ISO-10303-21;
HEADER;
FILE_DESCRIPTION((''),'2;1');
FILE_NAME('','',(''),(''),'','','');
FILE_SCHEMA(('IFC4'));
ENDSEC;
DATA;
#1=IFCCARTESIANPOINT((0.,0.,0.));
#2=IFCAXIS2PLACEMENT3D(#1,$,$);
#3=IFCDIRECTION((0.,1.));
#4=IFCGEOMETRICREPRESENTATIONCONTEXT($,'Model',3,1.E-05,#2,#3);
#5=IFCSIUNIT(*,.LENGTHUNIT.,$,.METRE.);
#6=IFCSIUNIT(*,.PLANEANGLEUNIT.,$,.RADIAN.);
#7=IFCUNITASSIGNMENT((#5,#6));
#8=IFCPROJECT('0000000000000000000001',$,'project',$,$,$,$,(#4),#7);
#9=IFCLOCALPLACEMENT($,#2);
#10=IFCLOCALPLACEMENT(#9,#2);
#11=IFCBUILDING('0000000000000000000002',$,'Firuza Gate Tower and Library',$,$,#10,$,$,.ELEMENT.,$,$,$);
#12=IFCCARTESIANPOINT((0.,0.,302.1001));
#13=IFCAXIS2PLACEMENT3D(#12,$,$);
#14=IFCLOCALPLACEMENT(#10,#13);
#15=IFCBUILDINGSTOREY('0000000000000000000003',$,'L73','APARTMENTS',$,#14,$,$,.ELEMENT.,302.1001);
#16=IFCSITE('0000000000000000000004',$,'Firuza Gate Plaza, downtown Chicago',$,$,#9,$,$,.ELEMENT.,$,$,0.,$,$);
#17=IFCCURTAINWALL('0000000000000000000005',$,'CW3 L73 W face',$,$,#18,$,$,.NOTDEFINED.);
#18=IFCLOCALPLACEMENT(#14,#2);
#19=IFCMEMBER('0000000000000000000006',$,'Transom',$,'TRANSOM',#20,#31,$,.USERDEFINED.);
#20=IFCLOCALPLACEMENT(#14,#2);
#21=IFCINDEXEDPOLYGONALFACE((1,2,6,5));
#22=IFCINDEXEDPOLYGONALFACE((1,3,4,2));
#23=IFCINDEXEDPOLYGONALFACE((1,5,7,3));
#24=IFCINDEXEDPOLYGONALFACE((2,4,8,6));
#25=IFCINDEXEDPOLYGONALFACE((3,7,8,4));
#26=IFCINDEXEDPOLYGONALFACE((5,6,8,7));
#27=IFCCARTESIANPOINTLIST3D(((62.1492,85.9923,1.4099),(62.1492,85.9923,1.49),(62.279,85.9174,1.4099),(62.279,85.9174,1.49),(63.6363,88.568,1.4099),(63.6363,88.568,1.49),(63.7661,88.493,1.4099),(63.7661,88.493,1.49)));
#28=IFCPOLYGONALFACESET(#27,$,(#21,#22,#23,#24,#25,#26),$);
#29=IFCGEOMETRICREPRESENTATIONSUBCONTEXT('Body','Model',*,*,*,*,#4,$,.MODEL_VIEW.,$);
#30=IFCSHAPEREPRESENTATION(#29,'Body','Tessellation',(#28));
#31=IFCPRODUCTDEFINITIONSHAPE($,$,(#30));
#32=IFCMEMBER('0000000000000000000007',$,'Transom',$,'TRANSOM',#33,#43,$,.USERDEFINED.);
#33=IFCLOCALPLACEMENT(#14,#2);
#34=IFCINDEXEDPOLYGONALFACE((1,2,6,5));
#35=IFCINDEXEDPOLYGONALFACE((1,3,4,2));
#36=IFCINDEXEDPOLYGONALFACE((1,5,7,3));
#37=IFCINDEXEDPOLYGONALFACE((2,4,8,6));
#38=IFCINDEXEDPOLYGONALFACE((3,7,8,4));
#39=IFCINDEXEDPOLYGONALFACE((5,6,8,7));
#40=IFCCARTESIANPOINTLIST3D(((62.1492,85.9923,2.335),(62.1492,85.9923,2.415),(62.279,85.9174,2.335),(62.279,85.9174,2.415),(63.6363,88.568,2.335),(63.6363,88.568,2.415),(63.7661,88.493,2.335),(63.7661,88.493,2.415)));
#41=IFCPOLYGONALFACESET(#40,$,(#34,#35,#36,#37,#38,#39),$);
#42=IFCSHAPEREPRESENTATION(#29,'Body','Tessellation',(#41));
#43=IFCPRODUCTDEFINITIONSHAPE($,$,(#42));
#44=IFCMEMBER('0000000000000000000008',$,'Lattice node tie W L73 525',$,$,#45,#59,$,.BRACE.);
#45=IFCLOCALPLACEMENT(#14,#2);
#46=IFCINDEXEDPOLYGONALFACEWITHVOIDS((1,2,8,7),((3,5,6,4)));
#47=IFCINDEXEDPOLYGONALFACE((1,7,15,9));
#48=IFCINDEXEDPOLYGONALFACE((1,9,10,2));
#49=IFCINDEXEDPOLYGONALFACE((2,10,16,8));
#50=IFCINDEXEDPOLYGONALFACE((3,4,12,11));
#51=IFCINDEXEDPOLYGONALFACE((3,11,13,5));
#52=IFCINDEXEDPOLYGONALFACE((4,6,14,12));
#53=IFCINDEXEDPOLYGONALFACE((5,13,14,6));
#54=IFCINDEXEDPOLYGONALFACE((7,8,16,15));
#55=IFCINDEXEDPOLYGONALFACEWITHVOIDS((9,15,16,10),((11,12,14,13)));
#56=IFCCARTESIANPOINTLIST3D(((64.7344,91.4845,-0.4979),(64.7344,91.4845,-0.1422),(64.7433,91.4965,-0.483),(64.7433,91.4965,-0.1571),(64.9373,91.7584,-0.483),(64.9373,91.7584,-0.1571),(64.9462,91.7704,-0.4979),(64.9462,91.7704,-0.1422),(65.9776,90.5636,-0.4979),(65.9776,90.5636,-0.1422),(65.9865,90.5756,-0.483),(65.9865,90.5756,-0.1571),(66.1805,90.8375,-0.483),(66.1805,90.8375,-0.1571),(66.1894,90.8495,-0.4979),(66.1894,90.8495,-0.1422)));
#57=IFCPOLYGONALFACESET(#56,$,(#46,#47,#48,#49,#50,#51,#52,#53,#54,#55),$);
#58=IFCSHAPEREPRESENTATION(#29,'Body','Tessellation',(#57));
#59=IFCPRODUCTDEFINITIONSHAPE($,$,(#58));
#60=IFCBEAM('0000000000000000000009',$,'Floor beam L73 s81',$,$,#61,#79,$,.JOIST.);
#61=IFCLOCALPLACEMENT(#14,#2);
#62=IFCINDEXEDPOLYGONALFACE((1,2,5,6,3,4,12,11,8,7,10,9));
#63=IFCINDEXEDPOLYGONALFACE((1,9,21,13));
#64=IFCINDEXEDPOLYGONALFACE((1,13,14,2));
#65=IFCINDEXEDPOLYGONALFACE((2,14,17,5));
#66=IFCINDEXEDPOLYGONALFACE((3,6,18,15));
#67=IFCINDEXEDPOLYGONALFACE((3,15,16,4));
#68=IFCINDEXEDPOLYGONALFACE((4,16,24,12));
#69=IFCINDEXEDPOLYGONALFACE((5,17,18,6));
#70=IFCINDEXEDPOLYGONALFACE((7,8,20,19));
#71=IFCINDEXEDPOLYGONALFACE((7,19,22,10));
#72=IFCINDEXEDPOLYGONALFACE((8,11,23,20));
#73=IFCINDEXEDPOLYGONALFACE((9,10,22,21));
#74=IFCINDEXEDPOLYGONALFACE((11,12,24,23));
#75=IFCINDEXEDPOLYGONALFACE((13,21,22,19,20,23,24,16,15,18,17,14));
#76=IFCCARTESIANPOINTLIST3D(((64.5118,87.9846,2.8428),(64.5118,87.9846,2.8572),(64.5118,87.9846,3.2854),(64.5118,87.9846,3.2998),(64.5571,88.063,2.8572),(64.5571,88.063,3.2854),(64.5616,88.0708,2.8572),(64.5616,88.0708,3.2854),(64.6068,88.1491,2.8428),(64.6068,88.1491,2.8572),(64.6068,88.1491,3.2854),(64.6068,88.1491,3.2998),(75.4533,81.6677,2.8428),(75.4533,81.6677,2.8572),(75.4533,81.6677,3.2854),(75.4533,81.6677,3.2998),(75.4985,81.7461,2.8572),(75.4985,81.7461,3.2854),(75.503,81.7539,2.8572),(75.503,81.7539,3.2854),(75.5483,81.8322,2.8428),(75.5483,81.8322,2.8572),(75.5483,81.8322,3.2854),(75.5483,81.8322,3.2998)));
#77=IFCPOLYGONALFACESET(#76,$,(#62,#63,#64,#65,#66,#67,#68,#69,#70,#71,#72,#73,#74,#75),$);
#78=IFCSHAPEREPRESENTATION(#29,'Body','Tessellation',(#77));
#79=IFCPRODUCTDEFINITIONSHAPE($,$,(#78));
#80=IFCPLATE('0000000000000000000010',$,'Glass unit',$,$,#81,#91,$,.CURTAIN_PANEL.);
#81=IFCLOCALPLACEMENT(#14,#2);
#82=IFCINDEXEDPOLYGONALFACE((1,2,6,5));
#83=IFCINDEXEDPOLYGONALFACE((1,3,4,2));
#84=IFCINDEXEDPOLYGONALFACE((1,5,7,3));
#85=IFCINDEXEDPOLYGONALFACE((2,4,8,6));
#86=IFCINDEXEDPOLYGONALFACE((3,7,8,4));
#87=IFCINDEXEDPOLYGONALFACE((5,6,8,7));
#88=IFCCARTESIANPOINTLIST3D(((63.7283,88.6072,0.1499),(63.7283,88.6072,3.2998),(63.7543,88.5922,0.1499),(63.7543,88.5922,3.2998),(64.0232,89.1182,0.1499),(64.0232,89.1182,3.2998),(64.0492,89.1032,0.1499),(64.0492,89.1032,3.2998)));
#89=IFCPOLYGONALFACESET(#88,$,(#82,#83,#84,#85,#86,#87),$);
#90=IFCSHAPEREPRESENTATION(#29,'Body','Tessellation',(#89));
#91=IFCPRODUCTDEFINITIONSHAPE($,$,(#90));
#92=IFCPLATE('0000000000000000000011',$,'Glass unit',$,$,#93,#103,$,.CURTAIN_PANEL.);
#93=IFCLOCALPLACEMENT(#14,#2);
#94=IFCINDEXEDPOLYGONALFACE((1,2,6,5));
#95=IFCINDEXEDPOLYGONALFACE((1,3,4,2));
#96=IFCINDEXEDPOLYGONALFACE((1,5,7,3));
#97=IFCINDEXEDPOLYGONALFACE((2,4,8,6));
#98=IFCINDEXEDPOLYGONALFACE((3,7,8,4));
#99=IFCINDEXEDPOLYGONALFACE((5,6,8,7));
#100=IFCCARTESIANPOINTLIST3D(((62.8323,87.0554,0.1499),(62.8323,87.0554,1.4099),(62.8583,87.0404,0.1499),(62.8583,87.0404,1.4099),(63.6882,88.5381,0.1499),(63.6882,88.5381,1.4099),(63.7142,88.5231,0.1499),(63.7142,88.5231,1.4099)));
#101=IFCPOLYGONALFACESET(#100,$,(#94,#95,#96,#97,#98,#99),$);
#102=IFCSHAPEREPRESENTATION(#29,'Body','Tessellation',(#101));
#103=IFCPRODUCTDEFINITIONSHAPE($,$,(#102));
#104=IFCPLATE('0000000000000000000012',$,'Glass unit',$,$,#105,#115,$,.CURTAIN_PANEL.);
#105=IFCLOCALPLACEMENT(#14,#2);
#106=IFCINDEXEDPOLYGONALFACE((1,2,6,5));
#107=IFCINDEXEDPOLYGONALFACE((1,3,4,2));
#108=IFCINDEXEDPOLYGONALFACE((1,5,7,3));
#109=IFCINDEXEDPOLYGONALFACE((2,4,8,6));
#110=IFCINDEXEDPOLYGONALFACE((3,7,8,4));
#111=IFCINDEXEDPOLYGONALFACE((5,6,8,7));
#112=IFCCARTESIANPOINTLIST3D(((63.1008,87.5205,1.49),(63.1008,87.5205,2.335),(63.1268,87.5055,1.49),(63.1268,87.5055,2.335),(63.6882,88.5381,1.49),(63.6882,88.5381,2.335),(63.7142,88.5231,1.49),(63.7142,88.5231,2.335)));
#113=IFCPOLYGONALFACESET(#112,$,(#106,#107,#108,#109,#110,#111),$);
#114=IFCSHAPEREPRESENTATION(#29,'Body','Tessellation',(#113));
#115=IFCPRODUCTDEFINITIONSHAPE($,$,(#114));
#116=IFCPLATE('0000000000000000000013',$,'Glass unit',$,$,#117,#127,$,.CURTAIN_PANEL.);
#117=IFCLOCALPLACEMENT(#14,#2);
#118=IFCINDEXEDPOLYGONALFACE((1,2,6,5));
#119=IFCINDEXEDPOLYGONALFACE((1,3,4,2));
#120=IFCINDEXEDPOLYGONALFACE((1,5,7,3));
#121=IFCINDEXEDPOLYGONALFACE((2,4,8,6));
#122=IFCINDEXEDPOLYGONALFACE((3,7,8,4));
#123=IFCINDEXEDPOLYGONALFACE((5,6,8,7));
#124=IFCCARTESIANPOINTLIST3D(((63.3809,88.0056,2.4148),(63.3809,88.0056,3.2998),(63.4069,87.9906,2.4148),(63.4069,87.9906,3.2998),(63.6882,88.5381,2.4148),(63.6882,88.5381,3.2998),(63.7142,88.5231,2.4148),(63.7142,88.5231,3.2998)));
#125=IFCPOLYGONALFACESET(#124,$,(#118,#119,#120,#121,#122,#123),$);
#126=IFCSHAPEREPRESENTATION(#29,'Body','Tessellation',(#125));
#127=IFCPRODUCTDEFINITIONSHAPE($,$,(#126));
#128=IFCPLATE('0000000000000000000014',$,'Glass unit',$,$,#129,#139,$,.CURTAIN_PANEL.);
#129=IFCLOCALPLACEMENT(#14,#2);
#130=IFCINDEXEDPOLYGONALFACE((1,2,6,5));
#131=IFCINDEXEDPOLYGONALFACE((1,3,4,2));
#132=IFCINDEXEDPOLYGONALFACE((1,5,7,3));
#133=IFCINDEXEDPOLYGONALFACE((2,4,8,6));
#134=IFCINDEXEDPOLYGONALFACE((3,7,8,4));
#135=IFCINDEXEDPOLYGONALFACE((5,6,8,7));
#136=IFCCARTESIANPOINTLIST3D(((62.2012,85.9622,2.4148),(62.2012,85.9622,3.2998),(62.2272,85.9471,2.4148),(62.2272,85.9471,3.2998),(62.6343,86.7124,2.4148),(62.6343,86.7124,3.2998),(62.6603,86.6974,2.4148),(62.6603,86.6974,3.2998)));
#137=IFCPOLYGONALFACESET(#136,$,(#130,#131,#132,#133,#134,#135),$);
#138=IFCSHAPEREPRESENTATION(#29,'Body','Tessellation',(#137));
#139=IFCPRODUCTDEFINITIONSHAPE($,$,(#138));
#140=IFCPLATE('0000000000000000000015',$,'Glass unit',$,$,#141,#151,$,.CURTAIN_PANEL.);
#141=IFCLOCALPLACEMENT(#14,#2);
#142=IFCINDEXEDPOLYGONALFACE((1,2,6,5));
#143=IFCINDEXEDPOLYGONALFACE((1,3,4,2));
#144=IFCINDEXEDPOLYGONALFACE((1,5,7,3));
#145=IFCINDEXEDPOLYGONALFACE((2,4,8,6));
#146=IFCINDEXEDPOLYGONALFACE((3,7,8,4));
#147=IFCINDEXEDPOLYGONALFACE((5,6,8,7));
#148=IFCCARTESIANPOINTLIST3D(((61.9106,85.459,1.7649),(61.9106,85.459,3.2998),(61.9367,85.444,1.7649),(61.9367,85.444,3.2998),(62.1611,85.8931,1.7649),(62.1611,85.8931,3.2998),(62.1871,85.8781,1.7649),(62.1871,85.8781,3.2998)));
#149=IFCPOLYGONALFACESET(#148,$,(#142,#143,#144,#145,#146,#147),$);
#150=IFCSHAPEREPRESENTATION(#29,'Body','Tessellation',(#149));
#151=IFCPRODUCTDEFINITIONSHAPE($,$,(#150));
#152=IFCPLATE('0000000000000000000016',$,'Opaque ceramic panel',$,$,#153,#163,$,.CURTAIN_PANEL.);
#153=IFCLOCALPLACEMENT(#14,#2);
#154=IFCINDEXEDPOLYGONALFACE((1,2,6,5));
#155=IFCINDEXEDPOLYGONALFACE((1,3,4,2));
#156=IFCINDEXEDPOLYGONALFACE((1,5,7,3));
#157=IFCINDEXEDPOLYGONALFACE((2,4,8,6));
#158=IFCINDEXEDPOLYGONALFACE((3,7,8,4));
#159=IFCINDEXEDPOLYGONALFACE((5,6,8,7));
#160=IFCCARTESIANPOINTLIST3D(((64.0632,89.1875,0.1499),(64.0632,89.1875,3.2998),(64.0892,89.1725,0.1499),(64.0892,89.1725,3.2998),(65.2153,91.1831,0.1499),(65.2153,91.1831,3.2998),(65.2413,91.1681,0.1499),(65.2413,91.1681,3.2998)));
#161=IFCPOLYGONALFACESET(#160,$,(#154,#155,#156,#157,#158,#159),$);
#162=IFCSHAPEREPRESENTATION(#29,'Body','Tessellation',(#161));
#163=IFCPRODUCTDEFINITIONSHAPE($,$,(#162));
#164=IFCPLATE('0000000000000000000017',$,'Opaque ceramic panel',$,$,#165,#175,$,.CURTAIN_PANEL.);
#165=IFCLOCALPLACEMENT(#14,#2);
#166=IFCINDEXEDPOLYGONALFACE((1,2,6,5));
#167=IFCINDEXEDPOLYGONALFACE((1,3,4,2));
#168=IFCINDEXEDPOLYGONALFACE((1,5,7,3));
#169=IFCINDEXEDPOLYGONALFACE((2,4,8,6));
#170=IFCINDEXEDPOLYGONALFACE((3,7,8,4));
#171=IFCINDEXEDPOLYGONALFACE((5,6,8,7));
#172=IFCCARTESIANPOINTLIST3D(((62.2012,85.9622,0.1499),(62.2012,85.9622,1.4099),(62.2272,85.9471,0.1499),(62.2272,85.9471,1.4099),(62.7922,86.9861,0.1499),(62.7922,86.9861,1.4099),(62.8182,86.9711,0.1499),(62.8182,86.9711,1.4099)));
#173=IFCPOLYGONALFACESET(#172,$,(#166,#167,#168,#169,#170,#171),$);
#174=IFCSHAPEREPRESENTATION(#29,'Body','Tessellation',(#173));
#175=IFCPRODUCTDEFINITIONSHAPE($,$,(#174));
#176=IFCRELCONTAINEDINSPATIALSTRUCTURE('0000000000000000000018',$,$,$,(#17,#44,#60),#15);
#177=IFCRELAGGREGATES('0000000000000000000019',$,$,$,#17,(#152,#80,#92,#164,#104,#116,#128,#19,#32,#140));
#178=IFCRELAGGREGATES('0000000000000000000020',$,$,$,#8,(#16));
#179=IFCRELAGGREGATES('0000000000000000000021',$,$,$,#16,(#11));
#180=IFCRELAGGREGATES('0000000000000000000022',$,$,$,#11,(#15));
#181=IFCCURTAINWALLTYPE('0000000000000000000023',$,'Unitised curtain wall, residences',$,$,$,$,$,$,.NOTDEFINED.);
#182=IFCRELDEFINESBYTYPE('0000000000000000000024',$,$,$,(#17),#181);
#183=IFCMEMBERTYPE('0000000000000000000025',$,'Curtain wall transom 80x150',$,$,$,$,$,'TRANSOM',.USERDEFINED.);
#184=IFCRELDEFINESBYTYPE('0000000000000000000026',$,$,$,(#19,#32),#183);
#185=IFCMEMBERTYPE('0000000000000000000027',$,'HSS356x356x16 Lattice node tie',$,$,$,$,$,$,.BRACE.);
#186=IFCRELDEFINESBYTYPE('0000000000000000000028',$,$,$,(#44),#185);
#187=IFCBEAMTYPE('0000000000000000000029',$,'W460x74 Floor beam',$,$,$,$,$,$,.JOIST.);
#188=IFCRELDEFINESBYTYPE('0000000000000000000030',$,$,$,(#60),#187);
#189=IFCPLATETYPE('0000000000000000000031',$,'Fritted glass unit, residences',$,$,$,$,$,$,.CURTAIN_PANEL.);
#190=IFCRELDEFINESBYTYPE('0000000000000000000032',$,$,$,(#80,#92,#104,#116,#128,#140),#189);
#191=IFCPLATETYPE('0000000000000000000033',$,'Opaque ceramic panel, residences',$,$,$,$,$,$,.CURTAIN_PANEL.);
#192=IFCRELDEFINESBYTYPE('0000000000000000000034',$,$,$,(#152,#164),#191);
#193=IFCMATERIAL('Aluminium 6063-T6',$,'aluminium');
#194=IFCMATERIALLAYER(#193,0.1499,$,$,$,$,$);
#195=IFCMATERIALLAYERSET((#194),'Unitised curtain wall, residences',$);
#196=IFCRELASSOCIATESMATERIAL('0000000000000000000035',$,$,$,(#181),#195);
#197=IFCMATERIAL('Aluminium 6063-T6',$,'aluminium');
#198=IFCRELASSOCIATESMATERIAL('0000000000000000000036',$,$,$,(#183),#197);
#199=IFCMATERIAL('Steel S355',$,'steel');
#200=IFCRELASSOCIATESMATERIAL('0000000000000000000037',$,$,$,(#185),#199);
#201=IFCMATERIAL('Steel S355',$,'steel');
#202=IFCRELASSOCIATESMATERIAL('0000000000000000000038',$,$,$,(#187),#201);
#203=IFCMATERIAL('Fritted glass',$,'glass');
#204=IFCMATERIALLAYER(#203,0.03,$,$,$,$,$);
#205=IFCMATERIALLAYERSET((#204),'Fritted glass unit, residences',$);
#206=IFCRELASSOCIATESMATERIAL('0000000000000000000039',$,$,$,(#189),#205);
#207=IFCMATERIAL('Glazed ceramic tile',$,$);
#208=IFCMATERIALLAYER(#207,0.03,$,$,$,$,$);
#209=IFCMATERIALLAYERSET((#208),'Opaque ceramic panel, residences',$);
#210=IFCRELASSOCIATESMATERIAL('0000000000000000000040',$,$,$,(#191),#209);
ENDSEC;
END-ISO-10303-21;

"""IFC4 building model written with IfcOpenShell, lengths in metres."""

from ifc_helpers import new_model, si_unit, direction, frame, origin, origin_2d, place, context, subcontext, project, spatial, polyline, rectangle, hollow_rectangle, i_section, outline, extrude, material, layer, layer_set, material_profile, profile_set, type_object, element, aggregate, save


model = new_model("IFC4")

# Units and contexts
model_context = context("Model", 3, precision=1e-05, world=origin(), true_north=direction((0.0, 1.0)))
body_context = subcontext(model_context, "Body", "Model", "MODEL_VIEW")
ifc_project = project(units=[si_unit("LENGTHUNIT", "METRE"), si_unit("PLANEANGLEUNIT", "RADIAN")], contexts=[model_context])

# Site, building, storey
site_placement = place(None, origin())
site = spatial("IfcSite", under=ifc_project, at=site_placement, Name="Firuza Gate Plaza, downtown Chicago", CompositionType="ELEMENT", RefElevation=0.0)
building_placement = place(site_placement, origin())
building = spatial("IfcBuilding", under=site, at=building_placement, Name="Firuza Gate Tower and Library", CompositionType="ELEMENT")
storey_placement = place(building_placement, frame((0.0, 0.0, 302.1001)))
storey = spatial("IfcBuildingStorey", under=building, at=storey_placement, Name="L73", Description="APARTMENTS", CompositionType="ELEMENT", Elevation=302.1001)

# Curtain wall, members
ifc_material_1 = material(Name="Aluminium 6063-T6", Category="aluminium")
ifc_layer_1 = layer(ifc_material_1, 0.1499)
ifc_layer_set_1 = layer_set([ifc_layer_1], Name="Unitised curtain wall, residences")
curtain_wall_type = type_object("IfcCurtainWallType", Name="Unitised curtain wall, residences", PredefinedType="NOTDEFINED", material=ifc_layer_set_1)
curtain_wall_placement = place(storey_placement, origin())
curtain_wall = element("IfcCurtainWall", 1, at=curtain_wall_placement, inside=storey, type_object=curtain_wall_type, Name="CW3 L73 W face", PredefinedType="NOTDEFINED")
ifc_material_2 = material(Name="Aluminium 6063-T6", Category="aluminium")
ifc_material_profile_1 = material_profile(ifc_material_2, rectangle(XDim=0.1499, YDim=0.0801, at=origin_2d()))
ifc_profile_set_1 = profile_set([ifc_material_profile_1], Name="Aluminium 6063-T6")
member_type_1 = type_object("IfcMemberType", Name="Curtain wall transom 80x150", ElementType="TRANSOM", PredefinedType="USERDEFINED", material=ifc_profile_set_1)
member_1_placement = place(storey_placement, frame((63.7012, 88.5305, 1.45), z_axis=(-0.499997, -0.866027, 0.0), x_axis=(0.866027, -0.499997, 0.0)))
member_1 = element("IfcMember", 2, at=member_1_placement, type_object=member_type_1, Name="Transom", ObjectType="TRANSOM", PredefinedType="USERDEFINED", context=body_context, shape_type="SweptSolid", body=[
    extrude(rectangle(XDim=0.1499, YDim=0.0801, at=origin_2d()), origin(), (0.0, 0.0, 1.0), 2.9741),
])
member_2_placement = place(storey_placement, frame((63.7012, 88.5305, 2.375), z_axis=(-0.499997, -0.866027, 0.0), x_axis=(0.866027, -0.499997, 0.0)))
member_2 = element("IfcMember", 3, at=member_2_placement, type_object=member_type_1, Name="Transom", ObjectType="TRANSOM", PredefinedType="USERDEFINED", context=body_context, shape_type="SweptSolid", body=[
    extrude(rectangle(XDim=0.1499, YDim=0.0801, at=origin_2d()), origin(), (0.0, 0.0, 1.0), 2.9741),
])

# Member
ifc_material_3 = material(Name="Steel S355", Category="steel")
ifc_material_profile_2 = material_profile(ifc_material_3, hollow_rectangle(XDim=0.3557, YDim=0.3557, WallThickness=0.0149, at=origin_2d()))
ifc_profile_set_2 = profile_set([ifc_material_profile_2], Name="Steel S355")
member_type_2 = type_object("IfcMemberType", Name="HSS356x356x16 Lattice node tie", PredefinedType="BRACE", material=ifc_profile_set_2)
member_3_placement = place(storey_placement, frame((66.0835, 90.7065, -0.3201), z_axis=(-0.803546, 0.595243, 0.0), x_axis=(-0.595243, -0.803546, 0.0)))
element("IfcMember", 4, at=member_3_placement, inside=storey, type_object=member_type_2, Name="Lattice node tie W L73 525", PredefinedType="BRACE", context=body_context, shape_type="SweptSolid", body=[
    extrude(hollow_rectangle(XDim=0.3557, YDim=0.3557, WallThickness=0.0149, at=origin_2d()), origin(), (0.0, 0.0, 1.0), 1.5471),
])

# Beam
ifc_material_4 = material(Name="Steel S355", Category="steel")
ifc_material_profile_3 = material_profile(ifc_material_4, i_section(OverallWidth=0.1899, OverallDepth=0.457, WebThickness=0.009, FlangeThickness=0.0144, at=origin_2d()))
ifc_profile_set_3 = profile_set([ifc_material_profile_3], Name="Steel S355")
beam_type = type_object("IfcBeamType", Name="W460x74 Floor beam", PredefinedType="JOIST", material=ifc_profile_set_3)
beam_placement = place(storey_placement, frame((64.5593, 88.0669, 3.0713), z_axis=(0.86603, -0.499992, 0.0), x_axis=(0.499992, 0.86603, 0.0)))
element("IfcBeam", 5, at=beam_placement, inside=storey, type_object=beam_type, Name="Floor beam L73 s81", PredefinedType="JOIST", context=body_context, shape_type="SweptSolid", body=[
    extrude(i_section(OverallWidth=0.1899, OverallDepth=0.457, WebThickness=0.009, FlangeThickness=0.0144, at=origin_2d()), origin(), (0.0, 0.0, 1.0), 12.634),
])

# Plates
ifc_material_5 = material(Name="Fritted glass", Category="glass")
ifc_layer_2 = layer(ifc_material_5, 0.03)
ifc_layer_set_2 = layer_set([ifc_layer_2], Name="Fritted glass unit, residences")
plate_type_1 = type_object("IfcPlateType", Name="Fritted glass unit, residences", PredefinedType="CURTAIN_PANEL", material=ifc_layer_set_2)
plate_1_placement = place(storey_placement, frame((64.0232, 89.1182, 0.1499), z_axis=(-0.866096, 0.499878, 0.0), x_axis=(-0.499878, -0.866096, 0.0)))
plate_1 = element("IfcPlate", 6, at=plate_1_placement, type_object=plate_type_1, Name="Glass unit", PredefinedType="CURTAIN_PANEL", context=body_context, shape_type="SweptSolid", body=[
    extrude(outline(polyline([(0.0, 0.0), (0.59, 0.0), (0.59, 3.1499), (0.0, 3.1499), (0.0, 0.0)])), origin(), (0.0, 0.0, -1.0), 0.03),
])
plate_2_placement = place(storey_placement, frame((63.6882, 88.5381, 0.1499), z_axis=(-0.866041, 0.499973, 0.0), x_axis=(-0.499973, -0.866041, 0.0)))
plate_2 = element("IfcPlate", 7, at=plate_2_placement, type_object=plate_type_1, Name="Glass unit", PredefinedType="CURTAIN_PANEL", context=body_context, shape_type="SweptSolid", body=[
    extrude(outline(polyline([(0.0, 0.0), (1.712, 0.0), (1.712, 1.26), (0.0, 1.26), (0.0, 0.0)])), origin(), (0.0, 0.0, -1.0), 0.03),
])
plate_3_placement = place(storey_placement, frame((63.6882, 88.5381, 1.49), z_axis=(-0.866061, 0.499938, 0.0), x_axis=(-0.499938, -0.866061, 0.0)))
plate_3 = element("IfcPlate", 8, at=plate_3_placement, type_object=plate_type_1, Name="Glass unit", PredefinedType="CURTAIN_PANEL", context=body_context, shape_type="SweptSolid", body=[
    extrude(outline(polyline([(0.0, 0.0), (1.1749, 0.0), (1.1749, 0.845), (0.0, 0.845), (0.0, 0.0)])), origin(), (0.0, 0.0, -1.0), 0.03),
])
plate_4_placement = place(storey_placement, frame((63.6882, 88.5381, 2.4148), z_axis=(-0.86606, 0.49994, 0.0), x_axis=(-0.49994, -0.86606, 0.0)))
plate_4 = element("IfcPlate", 9, at=plate_4_placement, type_object=plate_type_1, Name="Glass unit", PredefinedType="CURTAIN_PANEL", context=body_context, shape_type="SweptSolid", body=[
    extrude(outline(polyline([(0.0, 0.0), (0.6148, 0.0), (0.6148, 0.885), (0.0, 0.885), (0.0, 0.0)])), origin(), (0.0, 0.0, -1.0), 0.03),
])
plate_5_placement = place(storey_placement, frame((62.6343, 86.7124, 2.4148), z_axis=(-0.866049, 0.499958, 0.0), x_axis=(-0.499958, -0.866049, 0.0)))
plate_5 = element("IfcPlate", 10, at=plate_5_placement, type_object=plate_type_1, Name="Glass unit", PredefinedType="CURTAIN_PANEL", context=body_context, shape_type="SweptSolid", body=[
    extrude(outline(polyline([(0.0, 0.0), (0.8663, 0.0), (0.8663, 0.885), (0.0, 0.885), (0.0, 0.0)])), origin(), (0.0, 0.0, -1.0), 0.03),
])
plate_6_placement = place(storey_placement, frame((62.1611, 85.8931, 1.7649), z_axis=(-0.866137, 0.499807, 0.0), x_axis=(-0.499807, -0.866137, 0.0)))
plate_6 = element("IfcPlate", 11, at=plate_6_placement, type_object=plate_type_1, Name="Glass unit", PredefinedType="CURTAIN_PANEL", context=body_context, shape_type="SweptSolid", body=[
    extrude(outline(polyline([(0.0, 0.0), (0.5012, 0.0), (0.5012, 1.5349), (0.0, 1.5349), (0.0, 0.0)])), origin(), (0.0, 0.0, -1.0), 0.03),
])
ifc_material_6 = material(Name="Glazed ceramic tile")
ifc_layer_3 = layer(ifc_material_6, 0.03)
ifc_layer_set_3 = layer_set([ifc_layer_3], Name="Opaque ceramic panel, residences")
plate_type_2 = type_object("IfcPlateType", Name="Opaque ceramic panel, residences", PredefinedType="CURTAIN_PANEL", material=ifc_layer_set_3)
plate_7_placement = place(storey_placement, frame((65.2153, 91.1831, 0.1499), z_axis=(-0.866037, 0.499979, 0.0), x_axis=(-0.499979, -0.866037, 0.0)))
plate_7 = element("IfcPlate", 12, at=plate_7_placement, type_object=plate_type_2, Name="Opaque ceramic panel", PredefinedType="CURTAIN_PANEL", context=body_context, shape_type="SweptSolid", body=[
    extrude(outline(polyline([(0.0, 0.0), (2.3043, 0.0), (2.3043, 3.1499), (0.0, 3.1499), (0.0, 0.0)])), origin(), (0.0, 0.0, -1.0), 0.03),
])
plate_8_placement = place(storey_placement, frame((62.7922, 86.9861, 0.1499), z_axis=(-0.866062, 0.499937, 0.0), x_axis=(-0.499937, -0.866062, 0.0)))
plate_8 = element("IfcPlate", 13, at=plate_8_placement, type_object=plate_type_2, Name="Opaque ceramic panel", PredefinedType="CURTAIN_PANEL", context=body_context, shape_type="SweptSolid", body=[
    extrude(outline(polyline([(0.0, 0.0), (1.1823, 0.0), (1.1823, 1.26), (0.0, 1.26), (0.0, 0.0)])), origin(), (0.0, 0.0, -1.0), 0.03),
])
aggregate(curtain_wall, [plate_7, plate_1, plate_2, plate_8, plate_3, plate_4, plate_5, member_1, member_2, plate_6])

save(model, "model.ifc")
